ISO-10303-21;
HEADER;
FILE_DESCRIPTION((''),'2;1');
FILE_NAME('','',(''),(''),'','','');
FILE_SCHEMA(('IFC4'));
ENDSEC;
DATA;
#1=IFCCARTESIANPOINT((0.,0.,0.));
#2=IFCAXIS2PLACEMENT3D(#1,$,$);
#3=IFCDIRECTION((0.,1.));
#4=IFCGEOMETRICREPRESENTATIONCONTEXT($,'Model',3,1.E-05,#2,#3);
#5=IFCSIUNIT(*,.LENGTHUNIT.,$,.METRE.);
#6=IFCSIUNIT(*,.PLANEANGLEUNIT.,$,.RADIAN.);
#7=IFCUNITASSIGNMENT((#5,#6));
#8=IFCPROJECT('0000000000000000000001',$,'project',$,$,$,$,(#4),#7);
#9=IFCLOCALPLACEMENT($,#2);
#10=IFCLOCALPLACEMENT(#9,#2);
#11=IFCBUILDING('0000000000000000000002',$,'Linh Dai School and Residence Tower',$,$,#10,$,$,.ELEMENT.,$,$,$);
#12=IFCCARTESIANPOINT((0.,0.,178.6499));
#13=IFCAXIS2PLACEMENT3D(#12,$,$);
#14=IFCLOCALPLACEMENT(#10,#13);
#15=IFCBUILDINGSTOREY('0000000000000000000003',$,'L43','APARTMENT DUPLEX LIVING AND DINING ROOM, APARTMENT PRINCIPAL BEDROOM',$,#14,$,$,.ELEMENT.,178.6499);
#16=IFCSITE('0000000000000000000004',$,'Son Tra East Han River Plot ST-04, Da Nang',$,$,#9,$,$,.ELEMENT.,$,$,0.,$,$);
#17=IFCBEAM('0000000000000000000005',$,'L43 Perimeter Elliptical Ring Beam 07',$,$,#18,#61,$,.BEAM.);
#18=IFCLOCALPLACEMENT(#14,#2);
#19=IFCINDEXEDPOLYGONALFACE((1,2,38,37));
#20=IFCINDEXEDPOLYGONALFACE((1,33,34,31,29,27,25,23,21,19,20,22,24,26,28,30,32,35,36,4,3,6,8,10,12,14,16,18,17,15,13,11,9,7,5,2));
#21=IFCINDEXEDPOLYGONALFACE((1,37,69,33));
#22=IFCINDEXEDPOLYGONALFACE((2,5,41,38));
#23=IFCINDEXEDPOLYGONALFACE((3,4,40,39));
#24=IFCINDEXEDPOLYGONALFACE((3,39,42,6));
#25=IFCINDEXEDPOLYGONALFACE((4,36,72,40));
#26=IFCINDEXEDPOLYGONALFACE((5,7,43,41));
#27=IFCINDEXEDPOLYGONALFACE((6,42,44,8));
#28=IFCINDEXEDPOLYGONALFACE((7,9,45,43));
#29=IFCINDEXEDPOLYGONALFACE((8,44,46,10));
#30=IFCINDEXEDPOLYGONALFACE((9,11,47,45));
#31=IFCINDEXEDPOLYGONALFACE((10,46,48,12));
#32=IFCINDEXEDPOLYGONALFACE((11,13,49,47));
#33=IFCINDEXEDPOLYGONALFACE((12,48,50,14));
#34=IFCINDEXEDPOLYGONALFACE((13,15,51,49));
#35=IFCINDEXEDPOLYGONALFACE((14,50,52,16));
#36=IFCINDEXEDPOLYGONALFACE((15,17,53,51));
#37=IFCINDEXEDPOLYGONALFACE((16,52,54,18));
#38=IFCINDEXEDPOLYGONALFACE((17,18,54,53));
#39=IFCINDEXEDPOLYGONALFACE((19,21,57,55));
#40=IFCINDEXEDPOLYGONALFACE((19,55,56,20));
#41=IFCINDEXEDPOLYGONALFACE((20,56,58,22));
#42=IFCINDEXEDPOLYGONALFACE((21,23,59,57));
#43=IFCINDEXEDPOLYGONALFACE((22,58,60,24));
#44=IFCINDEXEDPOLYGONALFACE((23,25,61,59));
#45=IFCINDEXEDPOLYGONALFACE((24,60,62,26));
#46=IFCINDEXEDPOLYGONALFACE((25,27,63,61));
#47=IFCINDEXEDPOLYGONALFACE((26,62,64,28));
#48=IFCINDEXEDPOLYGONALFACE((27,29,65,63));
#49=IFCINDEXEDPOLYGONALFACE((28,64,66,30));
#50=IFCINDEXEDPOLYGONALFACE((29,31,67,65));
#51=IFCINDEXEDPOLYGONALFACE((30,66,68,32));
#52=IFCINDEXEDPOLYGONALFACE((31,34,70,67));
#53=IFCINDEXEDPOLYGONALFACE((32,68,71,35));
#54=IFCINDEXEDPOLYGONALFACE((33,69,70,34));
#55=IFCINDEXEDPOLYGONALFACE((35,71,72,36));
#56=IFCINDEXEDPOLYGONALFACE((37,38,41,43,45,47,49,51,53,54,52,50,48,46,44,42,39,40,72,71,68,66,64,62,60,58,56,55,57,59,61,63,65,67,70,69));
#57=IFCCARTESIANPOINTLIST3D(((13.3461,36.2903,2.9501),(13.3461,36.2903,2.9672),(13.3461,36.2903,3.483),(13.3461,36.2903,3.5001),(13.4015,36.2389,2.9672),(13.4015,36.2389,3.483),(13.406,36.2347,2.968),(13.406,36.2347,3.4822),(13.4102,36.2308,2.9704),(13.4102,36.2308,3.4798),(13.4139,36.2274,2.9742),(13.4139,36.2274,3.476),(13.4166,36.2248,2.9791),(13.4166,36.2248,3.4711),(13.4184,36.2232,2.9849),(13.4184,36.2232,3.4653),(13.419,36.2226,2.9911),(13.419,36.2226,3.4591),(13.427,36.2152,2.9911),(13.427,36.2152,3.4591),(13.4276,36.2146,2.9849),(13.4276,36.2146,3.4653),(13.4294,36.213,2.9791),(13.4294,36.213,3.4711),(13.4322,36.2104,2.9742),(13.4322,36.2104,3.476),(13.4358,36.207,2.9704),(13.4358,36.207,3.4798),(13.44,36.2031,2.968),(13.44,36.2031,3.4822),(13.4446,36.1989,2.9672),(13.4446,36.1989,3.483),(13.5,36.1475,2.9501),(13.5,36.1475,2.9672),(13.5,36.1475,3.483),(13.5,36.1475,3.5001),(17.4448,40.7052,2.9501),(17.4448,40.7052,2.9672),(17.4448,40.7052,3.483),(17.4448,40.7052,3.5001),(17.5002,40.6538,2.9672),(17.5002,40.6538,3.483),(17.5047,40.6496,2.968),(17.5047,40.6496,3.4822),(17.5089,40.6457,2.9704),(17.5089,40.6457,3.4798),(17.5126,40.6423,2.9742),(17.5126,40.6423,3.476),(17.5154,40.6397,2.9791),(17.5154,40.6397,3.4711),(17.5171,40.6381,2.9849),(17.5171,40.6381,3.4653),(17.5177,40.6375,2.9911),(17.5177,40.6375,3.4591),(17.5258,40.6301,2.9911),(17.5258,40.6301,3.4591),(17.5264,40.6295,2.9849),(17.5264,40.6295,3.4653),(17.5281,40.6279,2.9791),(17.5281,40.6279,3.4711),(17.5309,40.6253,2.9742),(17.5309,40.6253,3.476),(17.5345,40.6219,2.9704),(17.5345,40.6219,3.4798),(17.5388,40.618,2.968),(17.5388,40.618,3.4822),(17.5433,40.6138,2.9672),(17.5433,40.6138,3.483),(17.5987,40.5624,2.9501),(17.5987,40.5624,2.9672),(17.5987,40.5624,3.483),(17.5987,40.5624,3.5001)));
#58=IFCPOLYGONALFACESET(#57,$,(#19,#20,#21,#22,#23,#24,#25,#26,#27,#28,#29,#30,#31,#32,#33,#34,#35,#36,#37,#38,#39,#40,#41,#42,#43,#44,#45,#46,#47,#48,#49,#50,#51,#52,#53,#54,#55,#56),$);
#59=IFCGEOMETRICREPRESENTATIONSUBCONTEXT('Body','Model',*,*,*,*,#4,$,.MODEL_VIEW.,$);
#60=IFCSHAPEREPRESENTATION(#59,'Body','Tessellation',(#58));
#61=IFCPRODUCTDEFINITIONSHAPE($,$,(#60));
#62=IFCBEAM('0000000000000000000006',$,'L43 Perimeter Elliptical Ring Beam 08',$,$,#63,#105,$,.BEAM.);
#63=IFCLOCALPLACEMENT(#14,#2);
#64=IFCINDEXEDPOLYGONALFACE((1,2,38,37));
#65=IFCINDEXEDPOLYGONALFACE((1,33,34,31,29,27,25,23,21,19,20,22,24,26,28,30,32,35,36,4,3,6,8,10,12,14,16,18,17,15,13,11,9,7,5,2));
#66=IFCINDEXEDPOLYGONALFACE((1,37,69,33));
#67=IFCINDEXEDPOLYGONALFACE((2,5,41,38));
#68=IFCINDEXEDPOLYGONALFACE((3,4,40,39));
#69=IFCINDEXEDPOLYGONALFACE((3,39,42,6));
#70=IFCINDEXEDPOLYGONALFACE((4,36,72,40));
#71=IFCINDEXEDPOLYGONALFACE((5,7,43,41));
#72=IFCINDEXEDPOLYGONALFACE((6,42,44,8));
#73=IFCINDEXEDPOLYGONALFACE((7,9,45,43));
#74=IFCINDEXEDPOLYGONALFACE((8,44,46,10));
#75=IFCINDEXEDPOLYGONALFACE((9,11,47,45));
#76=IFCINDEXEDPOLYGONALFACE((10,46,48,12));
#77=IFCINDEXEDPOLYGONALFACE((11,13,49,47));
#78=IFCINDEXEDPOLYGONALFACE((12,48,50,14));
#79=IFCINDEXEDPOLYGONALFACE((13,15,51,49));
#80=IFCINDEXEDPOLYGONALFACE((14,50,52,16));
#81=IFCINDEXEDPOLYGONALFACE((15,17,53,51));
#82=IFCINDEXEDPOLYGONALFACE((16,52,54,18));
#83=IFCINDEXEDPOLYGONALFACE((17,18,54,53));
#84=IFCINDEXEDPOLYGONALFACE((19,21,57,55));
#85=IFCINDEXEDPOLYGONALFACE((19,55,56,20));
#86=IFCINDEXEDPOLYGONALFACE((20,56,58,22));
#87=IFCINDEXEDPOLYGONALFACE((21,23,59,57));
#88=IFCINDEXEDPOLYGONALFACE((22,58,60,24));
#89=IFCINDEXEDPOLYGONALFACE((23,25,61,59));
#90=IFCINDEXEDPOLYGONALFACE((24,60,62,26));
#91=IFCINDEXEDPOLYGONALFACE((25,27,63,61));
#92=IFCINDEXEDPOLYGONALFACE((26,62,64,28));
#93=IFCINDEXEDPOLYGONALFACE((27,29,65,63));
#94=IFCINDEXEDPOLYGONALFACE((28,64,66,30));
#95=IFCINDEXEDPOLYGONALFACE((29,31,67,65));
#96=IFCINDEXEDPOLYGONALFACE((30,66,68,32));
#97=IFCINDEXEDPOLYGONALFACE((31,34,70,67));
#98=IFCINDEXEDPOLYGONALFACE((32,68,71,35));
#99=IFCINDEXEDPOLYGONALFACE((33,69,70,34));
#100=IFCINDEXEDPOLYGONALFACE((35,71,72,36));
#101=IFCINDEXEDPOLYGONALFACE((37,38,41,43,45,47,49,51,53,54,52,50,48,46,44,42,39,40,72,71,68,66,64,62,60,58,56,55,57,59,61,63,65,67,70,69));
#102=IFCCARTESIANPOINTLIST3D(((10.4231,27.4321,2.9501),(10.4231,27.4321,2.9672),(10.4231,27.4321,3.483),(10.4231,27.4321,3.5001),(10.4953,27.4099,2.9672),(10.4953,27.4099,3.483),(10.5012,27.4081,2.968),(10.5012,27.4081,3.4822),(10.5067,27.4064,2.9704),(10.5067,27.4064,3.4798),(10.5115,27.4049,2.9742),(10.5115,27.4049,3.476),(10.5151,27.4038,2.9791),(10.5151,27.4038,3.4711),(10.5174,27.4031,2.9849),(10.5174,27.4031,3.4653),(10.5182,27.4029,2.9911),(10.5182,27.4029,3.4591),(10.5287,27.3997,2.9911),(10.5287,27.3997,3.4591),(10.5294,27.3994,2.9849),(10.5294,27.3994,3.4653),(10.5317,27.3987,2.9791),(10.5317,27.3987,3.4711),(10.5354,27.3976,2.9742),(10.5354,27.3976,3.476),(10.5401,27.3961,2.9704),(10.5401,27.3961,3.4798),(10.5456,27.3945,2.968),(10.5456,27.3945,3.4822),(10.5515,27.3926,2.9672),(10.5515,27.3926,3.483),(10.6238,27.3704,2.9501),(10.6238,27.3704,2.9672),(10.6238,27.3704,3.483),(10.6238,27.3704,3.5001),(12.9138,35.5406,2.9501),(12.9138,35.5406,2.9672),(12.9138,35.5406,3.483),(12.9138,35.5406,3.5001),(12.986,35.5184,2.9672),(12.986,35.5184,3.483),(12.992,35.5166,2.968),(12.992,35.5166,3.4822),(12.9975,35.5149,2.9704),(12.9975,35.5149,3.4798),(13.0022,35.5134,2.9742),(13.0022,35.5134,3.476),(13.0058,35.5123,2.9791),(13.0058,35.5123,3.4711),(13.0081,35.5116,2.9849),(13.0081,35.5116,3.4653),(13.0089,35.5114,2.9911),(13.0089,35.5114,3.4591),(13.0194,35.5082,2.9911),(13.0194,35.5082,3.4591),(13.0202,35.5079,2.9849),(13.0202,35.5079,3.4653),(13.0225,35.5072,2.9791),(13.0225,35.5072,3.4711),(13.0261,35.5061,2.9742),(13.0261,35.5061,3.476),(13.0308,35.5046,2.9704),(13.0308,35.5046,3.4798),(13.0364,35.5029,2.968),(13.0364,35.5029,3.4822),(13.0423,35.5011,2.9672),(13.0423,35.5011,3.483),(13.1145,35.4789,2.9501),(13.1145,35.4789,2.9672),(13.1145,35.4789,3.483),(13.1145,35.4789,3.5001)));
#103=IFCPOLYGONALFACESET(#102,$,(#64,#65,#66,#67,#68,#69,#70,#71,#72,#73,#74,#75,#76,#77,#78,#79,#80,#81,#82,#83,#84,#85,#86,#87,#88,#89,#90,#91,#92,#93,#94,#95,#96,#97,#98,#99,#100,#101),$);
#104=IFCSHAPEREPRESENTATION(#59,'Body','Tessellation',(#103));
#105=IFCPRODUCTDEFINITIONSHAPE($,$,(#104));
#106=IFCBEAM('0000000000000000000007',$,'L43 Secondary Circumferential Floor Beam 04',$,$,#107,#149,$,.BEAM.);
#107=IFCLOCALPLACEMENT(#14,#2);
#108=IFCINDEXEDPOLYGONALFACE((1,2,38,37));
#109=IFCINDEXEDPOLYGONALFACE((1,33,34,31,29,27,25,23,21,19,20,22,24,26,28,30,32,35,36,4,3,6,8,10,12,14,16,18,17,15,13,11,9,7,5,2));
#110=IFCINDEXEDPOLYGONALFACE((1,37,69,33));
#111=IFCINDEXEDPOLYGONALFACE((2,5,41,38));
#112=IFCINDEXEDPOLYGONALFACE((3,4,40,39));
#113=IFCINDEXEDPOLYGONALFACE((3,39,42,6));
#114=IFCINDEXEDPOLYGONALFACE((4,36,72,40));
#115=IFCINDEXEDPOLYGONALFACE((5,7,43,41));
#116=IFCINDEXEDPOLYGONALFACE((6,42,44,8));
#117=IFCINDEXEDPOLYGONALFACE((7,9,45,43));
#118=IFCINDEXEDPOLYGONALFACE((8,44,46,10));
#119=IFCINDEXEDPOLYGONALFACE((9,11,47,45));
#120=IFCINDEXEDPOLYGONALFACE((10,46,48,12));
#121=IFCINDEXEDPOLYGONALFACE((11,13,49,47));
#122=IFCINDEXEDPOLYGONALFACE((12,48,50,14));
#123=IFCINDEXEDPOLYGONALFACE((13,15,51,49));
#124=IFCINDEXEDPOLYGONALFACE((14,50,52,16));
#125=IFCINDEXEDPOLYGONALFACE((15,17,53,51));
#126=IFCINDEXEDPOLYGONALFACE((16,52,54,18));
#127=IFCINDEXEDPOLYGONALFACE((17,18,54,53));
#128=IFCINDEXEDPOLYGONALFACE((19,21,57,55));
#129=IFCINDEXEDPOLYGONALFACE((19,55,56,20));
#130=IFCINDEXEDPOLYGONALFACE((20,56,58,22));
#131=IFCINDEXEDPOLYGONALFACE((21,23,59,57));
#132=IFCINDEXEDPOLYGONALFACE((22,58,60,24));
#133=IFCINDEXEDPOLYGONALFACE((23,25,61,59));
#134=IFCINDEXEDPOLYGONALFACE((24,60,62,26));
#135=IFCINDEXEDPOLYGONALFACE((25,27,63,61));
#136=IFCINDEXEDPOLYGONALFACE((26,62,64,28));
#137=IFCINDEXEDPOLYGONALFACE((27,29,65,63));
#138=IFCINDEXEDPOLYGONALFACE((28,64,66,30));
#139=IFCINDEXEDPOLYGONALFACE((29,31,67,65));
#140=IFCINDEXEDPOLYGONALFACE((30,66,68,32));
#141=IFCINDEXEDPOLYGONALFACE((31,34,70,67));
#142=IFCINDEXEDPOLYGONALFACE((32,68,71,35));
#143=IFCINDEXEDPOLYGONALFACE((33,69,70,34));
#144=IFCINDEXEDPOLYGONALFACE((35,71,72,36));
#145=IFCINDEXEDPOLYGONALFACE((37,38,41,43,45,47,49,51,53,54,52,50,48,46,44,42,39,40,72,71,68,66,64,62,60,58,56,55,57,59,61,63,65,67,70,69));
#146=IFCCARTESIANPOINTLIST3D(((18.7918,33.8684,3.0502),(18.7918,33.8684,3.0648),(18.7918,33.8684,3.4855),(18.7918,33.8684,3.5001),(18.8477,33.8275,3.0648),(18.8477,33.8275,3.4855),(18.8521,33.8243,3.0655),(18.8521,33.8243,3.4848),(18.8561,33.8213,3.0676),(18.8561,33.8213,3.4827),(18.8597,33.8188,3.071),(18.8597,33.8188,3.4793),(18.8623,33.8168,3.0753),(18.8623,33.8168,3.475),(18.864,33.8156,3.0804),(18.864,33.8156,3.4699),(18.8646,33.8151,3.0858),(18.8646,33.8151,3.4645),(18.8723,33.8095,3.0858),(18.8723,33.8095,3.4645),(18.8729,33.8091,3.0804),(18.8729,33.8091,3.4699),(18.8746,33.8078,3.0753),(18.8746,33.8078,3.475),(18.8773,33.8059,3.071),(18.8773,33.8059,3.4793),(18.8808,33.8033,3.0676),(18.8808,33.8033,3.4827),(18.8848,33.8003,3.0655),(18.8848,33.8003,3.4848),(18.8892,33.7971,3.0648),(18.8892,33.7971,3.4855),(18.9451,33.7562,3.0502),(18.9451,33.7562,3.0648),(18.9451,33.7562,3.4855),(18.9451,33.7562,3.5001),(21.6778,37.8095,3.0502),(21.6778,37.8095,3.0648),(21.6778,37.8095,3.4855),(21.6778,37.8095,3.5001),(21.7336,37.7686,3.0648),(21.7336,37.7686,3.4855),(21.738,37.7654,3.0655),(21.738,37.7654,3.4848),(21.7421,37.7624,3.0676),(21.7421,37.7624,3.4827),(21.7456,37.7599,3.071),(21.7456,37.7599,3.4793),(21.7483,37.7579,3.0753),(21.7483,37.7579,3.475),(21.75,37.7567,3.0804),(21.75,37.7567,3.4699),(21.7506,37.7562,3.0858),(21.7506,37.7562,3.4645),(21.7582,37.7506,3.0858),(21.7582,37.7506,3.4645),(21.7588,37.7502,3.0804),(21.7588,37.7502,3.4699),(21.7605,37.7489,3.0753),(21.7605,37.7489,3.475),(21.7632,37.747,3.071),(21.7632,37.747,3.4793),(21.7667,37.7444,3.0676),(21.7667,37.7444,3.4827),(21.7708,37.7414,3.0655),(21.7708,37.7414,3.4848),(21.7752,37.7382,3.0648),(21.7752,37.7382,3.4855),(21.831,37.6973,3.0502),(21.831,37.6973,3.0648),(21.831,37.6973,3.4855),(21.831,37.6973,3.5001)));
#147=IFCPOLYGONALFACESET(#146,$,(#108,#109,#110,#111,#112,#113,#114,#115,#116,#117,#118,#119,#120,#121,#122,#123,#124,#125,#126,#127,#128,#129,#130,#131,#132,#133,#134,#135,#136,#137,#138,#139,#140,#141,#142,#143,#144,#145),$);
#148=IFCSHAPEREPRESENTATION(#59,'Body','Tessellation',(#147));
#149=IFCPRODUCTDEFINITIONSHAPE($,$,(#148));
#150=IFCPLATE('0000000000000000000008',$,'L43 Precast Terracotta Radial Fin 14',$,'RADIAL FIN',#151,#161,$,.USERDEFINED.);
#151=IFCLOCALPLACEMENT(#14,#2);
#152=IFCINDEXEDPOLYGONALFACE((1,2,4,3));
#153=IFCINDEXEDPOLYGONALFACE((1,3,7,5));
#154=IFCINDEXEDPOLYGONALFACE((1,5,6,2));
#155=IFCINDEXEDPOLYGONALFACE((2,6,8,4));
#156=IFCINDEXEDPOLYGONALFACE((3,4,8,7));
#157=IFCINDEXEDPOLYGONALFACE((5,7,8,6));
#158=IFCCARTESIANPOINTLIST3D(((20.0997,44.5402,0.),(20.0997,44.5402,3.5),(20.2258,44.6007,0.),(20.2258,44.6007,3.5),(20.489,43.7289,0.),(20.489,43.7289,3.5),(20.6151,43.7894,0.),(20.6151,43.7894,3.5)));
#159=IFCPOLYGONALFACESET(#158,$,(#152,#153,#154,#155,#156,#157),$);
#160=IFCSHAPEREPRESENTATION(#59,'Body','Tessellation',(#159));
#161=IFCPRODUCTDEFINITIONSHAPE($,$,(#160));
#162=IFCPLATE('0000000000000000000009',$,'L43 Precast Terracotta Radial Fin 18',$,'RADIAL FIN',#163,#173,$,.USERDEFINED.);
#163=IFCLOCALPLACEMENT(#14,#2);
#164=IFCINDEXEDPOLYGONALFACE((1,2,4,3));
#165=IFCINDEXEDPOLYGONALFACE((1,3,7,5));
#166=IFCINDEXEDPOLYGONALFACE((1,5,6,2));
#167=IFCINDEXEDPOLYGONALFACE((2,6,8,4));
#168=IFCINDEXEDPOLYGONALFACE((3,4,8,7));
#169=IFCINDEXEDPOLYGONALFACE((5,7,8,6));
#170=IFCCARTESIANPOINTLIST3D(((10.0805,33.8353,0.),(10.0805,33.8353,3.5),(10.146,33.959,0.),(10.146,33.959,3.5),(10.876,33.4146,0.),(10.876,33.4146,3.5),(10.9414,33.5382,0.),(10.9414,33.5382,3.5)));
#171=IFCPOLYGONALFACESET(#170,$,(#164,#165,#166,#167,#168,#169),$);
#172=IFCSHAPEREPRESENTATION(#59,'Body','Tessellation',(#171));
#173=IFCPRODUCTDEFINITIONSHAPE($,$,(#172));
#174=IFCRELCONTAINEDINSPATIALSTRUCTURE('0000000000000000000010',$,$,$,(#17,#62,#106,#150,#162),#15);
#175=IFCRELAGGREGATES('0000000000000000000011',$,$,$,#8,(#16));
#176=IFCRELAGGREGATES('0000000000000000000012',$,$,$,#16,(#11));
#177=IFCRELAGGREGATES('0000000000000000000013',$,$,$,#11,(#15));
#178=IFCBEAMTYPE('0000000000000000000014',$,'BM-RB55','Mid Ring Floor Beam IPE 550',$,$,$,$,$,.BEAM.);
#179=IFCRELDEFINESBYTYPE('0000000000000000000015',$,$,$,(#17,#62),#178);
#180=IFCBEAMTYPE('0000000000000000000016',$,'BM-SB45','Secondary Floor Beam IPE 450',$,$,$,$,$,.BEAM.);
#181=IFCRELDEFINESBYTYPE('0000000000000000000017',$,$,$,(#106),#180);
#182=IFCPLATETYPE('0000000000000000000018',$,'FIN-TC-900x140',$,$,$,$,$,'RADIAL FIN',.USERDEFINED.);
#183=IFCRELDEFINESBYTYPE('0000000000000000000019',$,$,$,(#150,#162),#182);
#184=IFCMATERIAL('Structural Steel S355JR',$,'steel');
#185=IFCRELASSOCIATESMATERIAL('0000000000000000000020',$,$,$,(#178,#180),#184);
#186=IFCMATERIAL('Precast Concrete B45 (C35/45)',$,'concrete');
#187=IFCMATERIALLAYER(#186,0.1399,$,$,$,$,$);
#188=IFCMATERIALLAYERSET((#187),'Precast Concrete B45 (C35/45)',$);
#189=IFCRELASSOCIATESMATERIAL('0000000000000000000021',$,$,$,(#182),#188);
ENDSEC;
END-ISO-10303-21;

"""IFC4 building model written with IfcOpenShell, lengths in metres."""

from ifc_helpers import new_model, si_unit, direction, frame, origin, origin_2d, place, context, subcontext, project, spatial, rectangle, i_section, extrude, source, transform, mapped, material, layer, layer_set, material_profile, profile_set, type_object, element, save


model = new_model("IFC4")

# Units and contexts
model_context = context("Model", 3, precision=1e-05, world=origin(), true_north=direction((0.0, 1.0)))
body_context = subcontext(model_context, "Body", "Model", "MODEL_VIEW")
ifc_project = project(units=[si_unit("LENGTHUNIT", "METRE"), si_unit("PLANEANGLEUNIT", "RADIAN")], contexts=[model_context])

# Site, building, storey
site_placement = place(None, origin())
site = spatial("IfcSite", under=ifc_project, at=site_placement, Name="Son Tra East Han River Plot ST-04, Da Nang", CompositionType="ELEMENT", RefElevation=0.0)
building_placement = place(site_placement, origin())
building = spatial("IfcBuilding", under=site, at=building_placement, Name="Linh Dai School and Residence Tower", CompositionType="ELEMENT")
storey_placement = place(building_placement, frame((0.0, 0.0, 178.6499)))
storey = spatial("IfcBuildingStorey", under=building, at=storey_placement, Name="L43", Description="APARTMENT DUPLEX LIVING AND DINING ROOM, APARTMENT PRINCIPAL BEDROOM", CompositionType="ELEMENT", Elevation=178.6499)

# Shared definitions
ifc_material_1 = material(Name="Structural Steel S355JR", Category="steel")

# Beams
ifc_material_profile_1 = material_profile(ifc_material_1, i_section(OverallWidth=0.21, OverallDepth=0.55, WebThickness=0.011, FlangeThickness=0.0171, FilletRadius=0.0239, at=origin_2d()), Name="IPE 550")
ifc_profile_set_1 = profile_set([ifc_material_profile_1], Name="Structural Steel S355JR")
beam_type_1 = type_object("IfcBeamType", Name="BM-RB55", Description="Mid Ring Floor Beam IPE 550", PredefinedType="BEAM", material=ifc_profile_set_1)
beam_1_placement = place(storey_placement, frame((17.5217, 40.6338, 3.2251), z_axis=(-0.680378, -0.732861, 0.0), x_axis=(0.732861, -0.680378, 0.0)))
element("IfcBeam", 1, at=beam_1_placement, inside=storey, type_object=beam_type_1, Name="L43 Perimeter Elliptical Ring Beam 07", PredefinedType="BEAM", context=body_context, shape_type="SweptSolid", body=[
    extrude(i_section(OverallWidth=0.21, OverallDepth=0.55, WebThickness=0.011, FlangeThickness=0.0171, FilletRadius=0.0239, at=origin_2d()), origin(), (0.0, 0.0, 1.0), 6.0242),
])
beam_2_placement = place(storey_placement, frame((13.0142, 35.5098, 3.2251), z_axis=(-0.293637, -0.955917, 0.0), x_axis=(0.955917, -0.293637, 0.0)))
element("IfcBeam", 2, at=beam_2_placement, inside=storey, type_object=beam_type_1, Name="L43 Perimeter Elliptical Ring Beam 08", PredefinedType="BEAM", context=body_context, shape_type="SweptSolid", body=[
    extrude(i_section(OverallWidth=0.21, OverallDepth=0.55, WebThickness=0.011, FlangeThickness=0.0171, FilletRadius=0.0239, at=origin_2d()), origin(), (0.0, 0.0, 1.0), 8.4824),
])
ifc_material_profile_2 = material_profile(ifc_material_1, i_section(OverallWidth=0.1899, OverallDepth=0.45, WebThickness=0.0095, FlangeThickness=0.0146, FilletRadius=0.021, at=origin_2d()), Name="IPE 450")
ifc_profile_set_2 = profile_set([ifc_material_profile_2], Name="Structural Steel S355JR")
beam_type_2 = type_object("IfcBeamType", Name="BM-SB45", Description="Secondary Floor Beam IPE 450", PredefinedType="BEAM", material=ifc_profile_set_2)
beam_3_placement = place(storey_placement, frame((21.7544, 37.7534, 3.2751), z_axis=(-0.590805, -0.806815, 0.0), x_axis=(0.806815, -0.590805, 0.0)))
element("IfcBeam", 3, at=beam_3_placement, inside=storey, type_object=beam_type_2, Name="L43 Secondary Circumferential Floor Beam 04", PredefinedType="BEAM", context=body_context, shape_type="SweptSolid", body=[
    extrude(i_section(OverallWidth=0.1899, OverallDepth=0.45, WebThickness=0.0095, FlangeThickness=0.0146, FilletRadius=0.021, at=origin_2d()), origin(), (0.0, 0.0, 1.0), 4.8848),
])

# Plates
ifc_material_2 = material(Name="Precast Concrete B45 (C35/45)", Category="concrete")
ifc_layer_1 = layer(ifc_material_2, 0.1399)
ifc_layer_set_1 = layer_set([ifc_layer_1], Name="Precast Concrete B45 (C35/45)")
plate_type = type_object("IfcPlateType", Name="FIN-TC-900x140", ElementType="RADIAL FIN", PredefinedType="USERDEFINED", material=ifc_layer_set_1)
shared_shape_1 = source(origin(), body_context, "Body", "SweptSolid", [
    extrude(rectangle(XDim=0.8999, YDim=0.1399, at=origin_2d()), origin(), (0.0, 0.0, 1.0), 3.5),
])
for number, where, z_axis, x_axis, name in (
    (4, (20.3574, 44.1648, 0.0), (0.0, 0.0, 1.0), (-0.432635, 0.901569, 0.0), "L43 Precast Terracotta Radial Fin 14"),
    (5, (10.511, 33.6868, 0.0), (0.0, 0.0, 1.0), (-0.883951, 0.46758, 0.0), "L43 Precast Terracotta Radial Fin 18"),
):
    element("IfcPlate", number, at=place(storey_placement, frame(where, z_axis=z_axis, x_axis=x_axis)), inside=storey, type_object=plate_type, Name=name, ObjectType="RADIAL FIN", PredefinedType="USERDEFINED", context=body_context, shape_type="MappedRepresentation", body=[
        mapped(shared_shape_1, transform((0.0, 0.0, 0.0), x_axis=(1.0, 0.0, 0.0), y_axis=(0.0, 1.0, 0.0), z_axis=(0.0, 0.0, 1.0), scale=1.0)),
    ])

save(model, "model.ifc")
